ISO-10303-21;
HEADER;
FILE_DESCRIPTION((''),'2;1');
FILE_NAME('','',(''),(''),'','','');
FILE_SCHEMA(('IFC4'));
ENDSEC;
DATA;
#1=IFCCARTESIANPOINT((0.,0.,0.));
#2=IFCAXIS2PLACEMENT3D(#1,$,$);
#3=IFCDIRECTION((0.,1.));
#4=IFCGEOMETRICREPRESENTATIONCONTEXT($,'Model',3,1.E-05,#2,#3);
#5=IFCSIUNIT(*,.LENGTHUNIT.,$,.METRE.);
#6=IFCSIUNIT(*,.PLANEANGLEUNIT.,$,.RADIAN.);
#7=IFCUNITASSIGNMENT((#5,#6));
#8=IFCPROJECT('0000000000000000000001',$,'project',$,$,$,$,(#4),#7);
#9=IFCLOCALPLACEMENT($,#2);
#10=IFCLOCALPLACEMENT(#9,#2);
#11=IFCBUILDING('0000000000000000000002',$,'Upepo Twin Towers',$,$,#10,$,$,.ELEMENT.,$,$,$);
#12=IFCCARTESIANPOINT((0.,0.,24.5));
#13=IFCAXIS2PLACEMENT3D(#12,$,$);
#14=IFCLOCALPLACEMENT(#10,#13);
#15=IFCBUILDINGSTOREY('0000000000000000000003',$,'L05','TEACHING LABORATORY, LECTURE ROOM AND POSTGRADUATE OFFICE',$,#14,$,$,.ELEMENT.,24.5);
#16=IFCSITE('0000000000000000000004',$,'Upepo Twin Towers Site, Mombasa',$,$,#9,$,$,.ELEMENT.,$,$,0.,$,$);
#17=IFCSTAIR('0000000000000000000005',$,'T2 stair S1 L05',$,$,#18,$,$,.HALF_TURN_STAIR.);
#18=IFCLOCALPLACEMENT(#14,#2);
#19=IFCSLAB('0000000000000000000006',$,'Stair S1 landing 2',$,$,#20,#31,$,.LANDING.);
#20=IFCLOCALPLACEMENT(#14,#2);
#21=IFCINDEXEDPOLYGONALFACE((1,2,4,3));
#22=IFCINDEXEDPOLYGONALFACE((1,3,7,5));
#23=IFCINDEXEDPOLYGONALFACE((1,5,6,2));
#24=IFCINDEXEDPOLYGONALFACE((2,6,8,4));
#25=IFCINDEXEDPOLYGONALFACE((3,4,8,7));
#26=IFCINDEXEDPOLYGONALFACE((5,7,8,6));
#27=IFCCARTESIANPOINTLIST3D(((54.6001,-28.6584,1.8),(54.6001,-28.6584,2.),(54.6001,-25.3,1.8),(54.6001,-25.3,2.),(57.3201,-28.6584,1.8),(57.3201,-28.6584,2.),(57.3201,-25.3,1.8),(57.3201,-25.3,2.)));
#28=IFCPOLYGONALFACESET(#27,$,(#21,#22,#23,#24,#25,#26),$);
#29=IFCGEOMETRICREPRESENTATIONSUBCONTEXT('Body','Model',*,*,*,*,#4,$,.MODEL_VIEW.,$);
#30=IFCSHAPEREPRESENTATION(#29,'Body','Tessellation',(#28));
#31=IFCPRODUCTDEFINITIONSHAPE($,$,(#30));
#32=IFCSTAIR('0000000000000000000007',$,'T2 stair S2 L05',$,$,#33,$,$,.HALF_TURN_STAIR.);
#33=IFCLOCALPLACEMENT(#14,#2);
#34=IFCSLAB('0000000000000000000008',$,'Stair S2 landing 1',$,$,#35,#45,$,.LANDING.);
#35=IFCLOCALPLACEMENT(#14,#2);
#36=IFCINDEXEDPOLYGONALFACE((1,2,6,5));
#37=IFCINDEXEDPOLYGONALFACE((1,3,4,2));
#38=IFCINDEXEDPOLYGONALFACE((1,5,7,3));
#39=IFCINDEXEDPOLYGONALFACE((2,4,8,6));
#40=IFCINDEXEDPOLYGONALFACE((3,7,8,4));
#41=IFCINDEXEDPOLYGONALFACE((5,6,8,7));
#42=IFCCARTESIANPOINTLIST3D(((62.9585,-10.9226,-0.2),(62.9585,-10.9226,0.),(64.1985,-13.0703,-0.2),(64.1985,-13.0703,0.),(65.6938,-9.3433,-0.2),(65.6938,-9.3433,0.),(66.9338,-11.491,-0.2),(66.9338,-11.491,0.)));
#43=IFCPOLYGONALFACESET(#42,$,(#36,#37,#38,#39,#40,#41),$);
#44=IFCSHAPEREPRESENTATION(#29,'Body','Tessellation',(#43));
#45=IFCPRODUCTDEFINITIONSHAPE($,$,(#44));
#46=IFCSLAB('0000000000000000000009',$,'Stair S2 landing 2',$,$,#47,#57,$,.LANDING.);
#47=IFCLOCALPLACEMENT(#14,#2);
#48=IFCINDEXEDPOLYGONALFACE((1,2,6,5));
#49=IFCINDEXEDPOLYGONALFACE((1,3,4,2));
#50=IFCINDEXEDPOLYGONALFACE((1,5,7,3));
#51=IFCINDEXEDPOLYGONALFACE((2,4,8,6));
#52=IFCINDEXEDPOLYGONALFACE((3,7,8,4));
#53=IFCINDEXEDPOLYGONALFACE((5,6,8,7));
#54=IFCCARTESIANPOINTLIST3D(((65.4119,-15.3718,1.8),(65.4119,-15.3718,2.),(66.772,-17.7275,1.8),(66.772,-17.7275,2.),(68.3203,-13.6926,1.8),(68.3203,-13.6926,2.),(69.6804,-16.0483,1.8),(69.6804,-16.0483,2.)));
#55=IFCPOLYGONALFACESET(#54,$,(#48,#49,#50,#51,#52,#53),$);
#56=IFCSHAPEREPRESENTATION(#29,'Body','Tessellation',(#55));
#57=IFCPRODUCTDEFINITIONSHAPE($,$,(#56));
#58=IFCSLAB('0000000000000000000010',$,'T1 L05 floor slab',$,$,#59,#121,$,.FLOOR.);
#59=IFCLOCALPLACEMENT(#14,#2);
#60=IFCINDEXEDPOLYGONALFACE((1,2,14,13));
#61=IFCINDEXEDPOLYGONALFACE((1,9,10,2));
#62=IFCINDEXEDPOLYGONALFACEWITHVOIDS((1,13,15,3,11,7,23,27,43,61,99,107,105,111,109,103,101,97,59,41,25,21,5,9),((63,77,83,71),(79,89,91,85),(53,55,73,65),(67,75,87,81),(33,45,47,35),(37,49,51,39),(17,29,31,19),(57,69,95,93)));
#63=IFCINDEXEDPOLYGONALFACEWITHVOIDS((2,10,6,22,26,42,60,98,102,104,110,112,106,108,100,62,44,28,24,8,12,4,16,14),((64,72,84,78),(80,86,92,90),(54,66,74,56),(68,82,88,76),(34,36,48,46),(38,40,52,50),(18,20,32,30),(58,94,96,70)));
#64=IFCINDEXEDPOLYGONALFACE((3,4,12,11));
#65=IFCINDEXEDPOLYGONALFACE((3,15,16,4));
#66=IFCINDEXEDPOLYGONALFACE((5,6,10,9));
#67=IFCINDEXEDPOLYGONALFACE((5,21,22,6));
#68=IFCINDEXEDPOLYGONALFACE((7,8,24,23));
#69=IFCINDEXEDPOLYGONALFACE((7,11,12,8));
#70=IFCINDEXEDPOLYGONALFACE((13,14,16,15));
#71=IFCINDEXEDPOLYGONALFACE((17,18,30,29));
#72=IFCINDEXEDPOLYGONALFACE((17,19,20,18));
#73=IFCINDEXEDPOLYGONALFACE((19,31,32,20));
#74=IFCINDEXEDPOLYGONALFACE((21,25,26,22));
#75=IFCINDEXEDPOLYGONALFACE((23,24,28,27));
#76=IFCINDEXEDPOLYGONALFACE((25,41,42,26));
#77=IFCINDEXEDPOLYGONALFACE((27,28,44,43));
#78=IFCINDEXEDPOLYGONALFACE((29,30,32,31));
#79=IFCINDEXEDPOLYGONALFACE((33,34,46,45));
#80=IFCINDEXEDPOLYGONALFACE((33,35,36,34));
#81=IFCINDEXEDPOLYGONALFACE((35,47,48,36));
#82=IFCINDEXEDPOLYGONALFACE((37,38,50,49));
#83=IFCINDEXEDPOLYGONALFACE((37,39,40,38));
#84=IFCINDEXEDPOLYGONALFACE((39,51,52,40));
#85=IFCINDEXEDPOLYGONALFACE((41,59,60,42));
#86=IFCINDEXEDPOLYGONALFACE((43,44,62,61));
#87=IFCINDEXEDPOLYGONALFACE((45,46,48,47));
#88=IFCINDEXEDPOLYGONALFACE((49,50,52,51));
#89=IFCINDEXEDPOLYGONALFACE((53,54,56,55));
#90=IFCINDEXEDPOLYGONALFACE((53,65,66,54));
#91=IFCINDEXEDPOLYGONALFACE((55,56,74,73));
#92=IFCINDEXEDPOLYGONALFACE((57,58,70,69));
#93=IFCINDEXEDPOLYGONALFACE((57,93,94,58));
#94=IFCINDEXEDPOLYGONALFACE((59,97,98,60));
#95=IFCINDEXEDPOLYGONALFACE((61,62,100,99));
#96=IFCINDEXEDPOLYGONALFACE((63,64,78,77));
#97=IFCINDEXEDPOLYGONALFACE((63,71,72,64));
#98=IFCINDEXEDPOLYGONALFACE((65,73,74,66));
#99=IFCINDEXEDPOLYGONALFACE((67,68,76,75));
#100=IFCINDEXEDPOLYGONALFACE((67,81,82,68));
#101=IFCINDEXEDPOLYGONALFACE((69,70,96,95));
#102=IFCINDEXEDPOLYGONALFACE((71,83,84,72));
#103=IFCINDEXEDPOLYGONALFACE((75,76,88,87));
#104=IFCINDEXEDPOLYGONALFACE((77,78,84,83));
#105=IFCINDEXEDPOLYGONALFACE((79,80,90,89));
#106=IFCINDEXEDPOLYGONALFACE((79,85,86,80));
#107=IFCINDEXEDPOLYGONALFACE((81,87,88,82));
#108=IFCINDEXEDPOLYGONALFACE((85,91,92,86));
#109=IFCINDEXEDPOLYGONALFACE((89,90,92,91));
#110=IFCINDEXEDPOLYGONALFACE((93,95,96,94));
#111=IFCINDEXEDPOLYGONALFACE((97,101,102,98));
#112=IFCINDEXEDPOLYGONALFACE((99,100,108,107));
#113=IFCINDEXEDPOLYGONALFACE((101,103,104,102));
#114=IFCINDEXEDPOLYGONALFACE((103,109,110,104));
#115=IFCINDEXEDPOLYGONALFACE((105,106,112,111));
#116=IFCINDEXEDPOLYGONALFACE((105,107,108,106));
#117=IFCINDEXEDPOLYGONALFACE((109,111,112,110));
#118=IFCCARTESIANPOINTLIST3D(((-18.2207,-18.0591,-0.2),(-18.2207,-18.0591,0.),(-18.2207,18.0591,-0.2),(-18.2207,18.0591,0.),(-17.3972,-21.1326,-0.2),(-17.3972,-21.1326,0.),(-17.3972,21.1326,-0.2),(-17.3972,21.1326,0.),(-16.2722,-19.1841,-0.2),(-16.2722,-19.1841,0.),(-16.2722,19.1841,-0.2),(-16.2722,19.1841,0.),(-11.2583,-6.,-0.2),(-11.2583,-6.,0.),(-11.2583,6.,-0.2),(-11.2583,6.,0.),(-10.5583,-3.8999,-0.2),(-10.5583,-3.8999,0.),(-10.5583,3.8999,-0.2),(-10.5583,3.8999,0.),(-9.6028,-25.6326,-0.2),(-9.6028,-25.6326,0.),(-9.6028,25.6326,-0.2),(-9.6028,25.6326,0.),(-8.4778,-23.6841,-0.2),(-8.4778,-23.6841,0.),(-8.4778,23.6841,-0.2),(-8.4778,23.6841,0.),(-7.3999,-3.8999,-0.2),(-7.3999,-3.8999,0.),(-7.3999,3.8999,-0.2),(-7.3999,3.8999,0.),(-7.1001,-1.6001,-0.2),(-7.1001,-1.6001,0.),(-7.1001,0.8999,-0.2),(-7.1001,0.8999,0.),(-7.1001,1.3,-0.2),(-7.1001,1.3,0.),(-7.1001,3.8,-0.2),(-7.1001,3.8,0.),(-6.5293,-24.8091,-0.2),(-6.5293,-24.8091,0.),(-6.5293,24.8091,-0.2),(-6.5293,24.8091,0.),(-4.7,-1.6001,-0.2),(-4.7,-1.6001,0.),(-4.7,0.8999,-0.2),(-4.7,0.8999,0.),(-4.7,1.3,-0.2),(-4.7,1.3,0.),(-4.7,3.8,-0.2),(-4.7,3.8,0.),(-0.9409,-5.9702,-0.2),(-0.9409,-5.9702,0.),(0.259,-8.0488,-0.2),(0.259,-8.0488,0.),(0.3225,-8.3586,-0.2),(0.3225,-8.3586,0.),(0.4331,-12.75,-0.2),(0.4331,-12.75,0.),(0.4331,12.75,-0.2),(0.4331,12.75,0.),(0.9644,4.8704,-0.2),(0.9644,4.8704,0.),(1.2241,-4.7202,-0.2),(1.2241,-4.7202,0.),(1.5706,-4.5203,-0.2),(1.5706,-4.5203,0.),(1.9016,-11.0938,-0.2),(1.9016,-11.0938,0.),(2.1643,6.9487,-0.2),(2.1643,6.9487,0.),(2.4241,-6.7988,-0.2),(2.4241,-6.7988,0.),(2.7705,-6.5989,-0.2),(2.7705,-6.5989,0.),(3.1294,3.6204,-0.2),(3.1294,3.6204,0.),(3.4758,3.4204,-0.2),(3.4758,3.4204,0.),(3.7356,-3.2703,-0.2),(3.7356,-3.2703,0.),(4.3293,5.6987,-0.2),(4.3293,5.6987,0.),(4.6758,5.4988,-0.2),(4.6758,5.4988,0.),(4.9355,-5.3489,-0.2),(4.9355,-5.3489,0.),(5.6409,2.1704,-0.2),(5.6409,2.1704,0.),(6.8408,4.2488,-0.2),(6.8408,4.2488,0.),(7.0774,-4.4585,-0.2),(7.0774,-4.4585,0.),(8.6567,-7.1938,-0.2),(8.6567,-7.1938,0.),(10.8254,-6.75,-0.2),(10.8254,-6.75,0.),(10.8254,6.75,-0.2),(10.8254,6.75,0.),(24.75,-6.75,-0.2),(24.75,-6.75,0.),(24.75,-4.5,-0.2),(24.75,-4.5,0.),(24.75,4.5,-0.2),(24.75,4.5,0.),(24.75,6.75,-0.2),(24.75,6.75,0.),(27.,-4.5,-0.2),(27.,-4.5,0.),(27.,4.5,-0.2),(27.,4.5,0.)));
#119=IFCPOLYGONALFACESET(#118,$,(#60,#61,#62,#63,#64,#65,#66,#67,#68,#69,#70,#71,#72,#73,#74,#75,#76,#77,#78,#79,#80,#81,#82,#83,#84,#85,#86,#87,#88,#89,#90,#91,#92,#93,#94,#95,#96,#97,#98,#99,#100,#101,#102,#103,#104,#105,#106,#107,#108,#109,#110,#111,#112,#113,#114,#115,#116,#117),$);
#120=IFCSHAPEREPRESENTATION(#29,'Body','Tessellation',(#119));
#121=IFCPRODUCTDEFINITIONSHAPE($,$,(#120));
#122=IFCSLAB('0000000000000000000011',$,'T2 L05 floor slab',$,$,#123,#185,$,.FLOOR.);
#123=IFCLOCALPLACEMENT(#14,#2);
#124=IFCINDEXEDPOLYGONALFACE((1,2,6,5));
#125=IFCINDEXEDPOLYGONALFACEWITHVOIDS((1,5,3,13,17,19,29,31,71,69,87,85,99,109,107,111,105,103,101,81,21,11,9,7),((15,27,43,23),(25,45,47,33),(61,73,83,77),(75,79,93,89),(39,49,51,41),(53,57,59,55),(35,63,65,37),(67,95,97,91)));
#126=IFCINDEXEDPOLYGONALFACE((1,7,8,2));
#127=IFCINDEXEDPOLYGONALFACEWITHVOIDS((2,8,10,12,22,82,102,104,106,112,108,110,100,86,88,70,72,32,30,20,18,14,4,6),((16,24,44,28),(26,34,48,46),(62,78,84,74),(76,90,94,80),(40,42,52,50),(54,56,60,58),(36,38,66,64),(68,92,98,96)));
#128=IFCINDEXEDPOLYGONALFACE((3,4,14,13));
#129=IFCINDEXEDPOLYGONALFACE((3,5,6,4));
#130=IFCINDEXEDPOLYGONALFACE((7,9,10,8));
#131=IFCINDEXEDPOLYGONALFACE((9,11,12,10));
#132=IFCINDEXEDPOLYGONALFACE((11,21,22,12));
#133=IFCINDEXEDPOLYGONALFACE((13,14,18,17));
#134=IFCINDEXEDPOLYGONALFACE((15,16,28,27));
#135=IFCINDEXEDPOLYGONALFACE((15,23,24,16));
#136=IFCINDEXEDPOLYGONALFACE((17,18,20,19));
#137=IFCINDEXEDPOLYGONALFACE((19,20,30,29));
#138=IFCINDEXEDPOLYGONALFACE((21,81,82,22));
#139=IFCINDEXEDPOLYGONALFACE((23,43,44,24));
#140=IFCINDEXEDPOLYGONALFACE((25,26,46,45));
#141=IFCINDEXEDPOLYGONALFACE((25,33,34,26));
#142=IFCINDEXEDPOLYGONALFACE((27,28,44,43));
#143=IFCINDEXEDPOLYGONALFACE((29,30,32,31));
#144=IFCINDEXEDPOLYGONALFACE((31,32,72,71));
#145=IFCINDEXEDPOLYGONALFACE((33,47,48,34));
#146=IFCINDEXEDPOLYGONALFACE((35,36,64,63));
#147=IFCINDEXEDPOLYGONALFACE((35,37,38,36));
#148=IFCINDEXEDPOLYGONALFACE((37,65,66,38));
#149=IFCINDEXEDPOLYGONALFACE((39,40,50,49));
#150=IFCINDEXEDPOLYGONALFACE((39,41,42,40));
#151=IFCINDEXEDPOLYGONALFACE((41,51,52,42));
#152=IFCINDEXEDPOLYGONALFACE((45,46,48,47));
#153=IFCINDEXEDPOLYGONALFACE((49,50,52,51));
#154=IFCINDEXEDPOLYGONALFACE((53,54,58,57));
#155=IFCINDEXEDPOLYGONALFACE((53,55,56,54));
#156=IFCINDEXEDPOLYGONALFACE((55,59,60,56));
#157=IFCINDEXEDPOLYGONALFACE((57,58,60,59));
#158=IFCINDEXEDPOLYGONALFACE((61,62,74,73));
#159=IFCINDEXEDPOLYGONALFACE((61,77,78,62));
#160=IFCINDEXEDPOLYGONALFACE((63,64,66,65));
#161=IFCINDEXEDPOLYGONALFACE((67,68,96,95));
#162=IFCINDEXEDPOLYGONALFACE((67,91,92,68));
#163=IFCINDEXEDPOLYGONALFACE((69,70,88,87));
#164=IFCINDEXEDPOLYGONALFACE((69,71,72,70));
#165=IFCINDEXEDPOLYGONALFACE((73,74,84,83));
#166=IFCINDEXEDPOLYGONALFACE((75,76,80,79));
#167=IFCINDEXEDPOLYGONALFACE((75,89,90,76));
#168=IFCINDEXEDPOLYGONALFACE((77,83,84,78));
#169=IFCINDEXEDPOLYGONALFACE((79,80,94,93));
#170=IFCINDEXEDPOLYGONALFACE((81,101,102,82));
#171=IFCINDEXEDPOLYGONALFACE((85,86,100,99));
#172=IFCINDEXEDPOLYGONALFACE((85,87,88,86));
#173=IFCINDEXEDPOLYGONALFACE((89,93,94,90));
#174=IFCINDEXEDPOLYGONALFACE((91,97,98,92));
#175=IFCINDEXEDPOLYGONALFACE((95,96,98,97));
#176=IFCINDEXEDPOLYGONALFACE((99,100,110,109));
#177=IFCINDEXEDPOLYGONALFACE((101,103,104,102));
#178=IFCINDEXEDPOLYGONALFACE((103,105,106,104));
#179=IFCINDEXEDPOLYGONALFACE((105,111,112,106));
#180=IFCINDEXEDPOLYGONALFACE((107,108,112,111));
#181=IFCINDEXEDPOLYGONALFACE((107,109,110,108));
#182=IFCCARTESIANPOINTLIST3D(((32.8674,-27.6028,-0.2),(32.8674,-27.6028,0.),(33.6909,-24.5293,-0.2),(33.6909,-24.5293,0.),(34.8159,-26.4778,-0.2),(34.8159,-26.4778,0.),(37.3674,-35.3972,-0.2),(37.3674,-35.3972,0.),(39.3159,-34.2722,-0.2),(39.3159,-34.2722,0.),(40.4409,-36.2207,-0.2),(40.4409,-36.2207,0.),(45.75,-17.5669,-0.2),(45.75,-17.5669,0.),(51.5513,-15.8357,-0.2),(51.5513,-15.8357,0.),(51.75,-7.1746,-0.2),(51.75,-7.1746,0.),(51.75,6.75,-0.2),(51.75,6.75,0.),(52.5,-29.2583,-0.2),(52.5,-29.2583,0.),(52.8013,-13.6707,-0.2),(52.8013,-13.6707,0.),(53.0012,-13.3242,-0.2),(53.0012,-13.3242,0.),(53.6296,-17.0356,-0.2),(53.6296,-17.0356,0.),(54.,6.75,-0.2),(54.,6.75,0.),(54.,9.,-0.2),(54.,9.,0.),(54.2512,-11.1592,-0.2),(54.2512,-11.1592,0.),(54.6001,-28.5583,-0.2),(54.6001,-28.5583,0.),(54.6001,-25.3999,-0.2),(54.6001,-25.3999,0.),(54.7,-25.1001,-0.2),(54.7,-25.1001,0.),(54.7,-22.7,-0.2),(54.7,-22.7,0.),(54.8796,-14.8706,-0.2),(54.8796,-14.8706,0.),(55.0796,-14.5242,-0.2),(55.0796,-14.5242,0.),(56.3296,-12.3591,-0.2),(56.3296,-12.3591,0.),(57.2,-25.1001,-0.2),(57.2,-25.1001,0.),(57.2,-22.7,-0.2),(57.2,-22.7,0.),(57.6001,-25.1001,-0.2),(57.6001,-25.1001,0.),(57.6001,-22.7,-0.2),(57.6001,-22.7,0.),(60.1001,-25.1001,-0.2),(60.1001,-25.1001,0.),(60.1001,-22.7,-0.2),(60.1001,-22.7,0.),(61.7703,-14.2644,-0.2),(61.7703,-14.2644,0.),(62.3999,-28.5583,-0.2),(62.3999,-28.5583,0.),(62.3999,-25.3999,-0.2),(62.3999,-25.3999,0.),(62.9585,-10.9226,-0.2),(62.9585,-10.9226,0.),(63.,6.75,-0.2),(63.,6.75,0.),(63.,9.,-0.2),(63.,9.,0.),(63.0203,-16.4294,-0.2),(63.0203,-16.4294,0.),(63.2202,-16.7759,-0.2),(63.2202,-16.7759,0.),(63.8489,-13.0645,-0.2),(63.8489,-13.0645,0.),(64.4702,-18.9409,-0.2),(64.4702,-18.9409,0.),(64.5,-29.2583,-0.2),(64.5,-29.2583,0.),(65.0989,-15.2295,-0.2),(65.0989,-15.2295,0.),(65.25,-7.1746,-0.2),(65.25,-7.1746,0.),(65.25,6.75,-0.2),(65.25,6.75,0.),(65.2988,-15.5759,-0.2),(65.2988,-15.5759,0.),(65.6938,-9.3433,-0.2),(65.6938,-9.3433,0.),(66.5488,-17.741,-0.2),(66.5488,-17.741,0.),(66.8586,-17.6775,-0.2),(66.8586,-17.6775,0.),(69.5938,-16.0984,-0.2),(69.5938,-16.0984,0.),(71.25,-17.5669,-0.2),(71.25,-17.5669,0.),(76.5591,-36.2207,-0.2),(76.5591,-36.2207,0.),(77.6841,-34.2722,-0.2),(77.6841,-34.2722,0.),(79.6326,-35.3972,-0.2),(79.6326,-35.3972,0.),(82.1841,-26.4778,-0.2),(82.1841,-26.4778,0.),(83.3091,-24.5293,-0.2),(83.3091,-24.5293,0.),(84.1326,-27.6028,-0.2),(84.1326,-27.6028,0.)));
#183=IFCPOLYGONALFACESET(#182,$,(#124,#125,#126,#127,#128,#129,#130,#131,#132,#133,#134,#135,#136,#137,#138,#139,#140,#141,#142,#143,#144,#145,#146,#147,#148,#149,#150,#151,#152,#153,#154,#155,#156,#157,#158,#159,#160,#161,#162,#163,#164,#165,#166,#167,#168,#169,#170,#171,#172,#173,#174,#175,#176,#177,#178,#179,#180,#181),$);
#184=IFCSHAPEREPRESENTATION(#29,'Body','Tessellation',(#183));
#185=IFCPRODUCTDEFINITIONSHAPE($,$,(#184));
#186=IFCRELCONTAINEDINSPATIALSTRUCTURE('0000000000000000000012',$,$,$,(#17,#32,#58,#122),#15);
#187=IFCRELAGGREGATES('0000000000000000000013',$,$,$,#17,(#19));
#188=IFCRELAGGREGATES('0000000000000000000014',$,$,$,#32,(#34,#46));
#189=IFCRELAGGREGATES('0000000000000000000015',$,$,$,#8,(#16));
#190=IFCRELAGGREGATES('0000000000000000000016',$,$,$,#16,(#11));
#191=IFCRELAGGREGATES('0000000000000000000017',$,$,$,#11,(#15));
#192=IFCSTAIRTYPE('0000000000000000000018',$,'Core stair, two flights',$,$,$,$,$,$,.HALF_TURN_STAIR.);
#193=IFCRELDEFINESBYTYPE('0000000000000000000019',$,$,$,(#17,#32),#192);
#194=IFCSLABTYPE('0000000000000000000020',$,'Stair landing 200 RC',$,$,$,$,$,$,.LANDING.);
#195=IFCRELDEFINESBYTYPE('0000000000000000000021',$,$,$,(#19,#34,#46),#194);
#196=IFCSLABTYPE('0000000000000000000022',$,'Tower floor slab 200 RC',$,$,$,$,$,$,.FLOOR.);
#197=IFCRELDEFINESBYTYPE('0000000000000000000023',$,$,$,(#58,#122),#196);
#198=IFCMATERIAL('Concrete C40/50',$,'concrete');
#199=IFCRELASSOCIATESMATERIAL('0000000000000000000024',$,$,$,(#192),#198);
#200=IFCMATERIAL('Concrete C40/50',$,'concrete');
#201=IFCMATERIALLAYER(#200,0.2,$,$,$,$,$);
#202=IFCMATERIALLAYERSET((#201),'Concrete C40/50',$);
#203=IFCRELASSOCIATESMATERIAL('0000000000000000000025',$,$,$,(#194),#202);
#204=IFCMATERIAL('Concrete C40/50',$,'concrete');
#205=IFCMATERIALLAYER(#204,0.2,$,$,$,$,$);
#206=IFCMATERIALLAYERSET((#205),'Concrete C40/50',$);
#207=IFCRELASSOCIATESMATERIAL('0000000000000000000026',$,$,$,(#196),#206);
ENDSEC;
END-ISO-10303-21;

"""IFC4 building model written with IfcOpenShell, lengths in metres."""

from ifc_helpers import new_model, si_unit, direction, frame, origin, place, context, subcontext, project, spatial, polyline, outline, extrude, material, layer, layer_set, type_object, element, aggregate, save


model = new_model("IFC4")

# Units and contexts
model_context = context("Model", 3, precision=1e-05, world=origin(), true_north=direction((0.0, 1.0)))
body_context = subcontext(model_context, "Body", "Model", "MODEL_VIEW")
ifc_project = project(units=[si_unit("LENGTHUNIT", "METRE"), si_unit("PLANEANGLEUNIT", "RADIAN")], contexts=[model_context])

# Site, building, storey
site_placement = place(None, origin())
site = spatial("IfcSite", under=ifc_project, at=site_placement, Name="Upepo Twin Towers Site, Mombasa", CompositionType="ELEMENT", RefElevation=0.0)
building_placement = place(site_placement, origin())
building = spatial("IfcBuilding", under=site, at=building_placement, Name="Upepo Twin Towers", CompositionType="ELEMENT")
storey_placement = place(building_placement, frame((0.0, 0.0, 24.5)))
storey = spatial("IfcBuildingStorey", under=building, at=storey_placement, Name="L05", Description="TEACHING LABORATORY, LECTURE ROOM AND POSTGRADUATE OFFICE", CompositionType="ELEMENT", Elevation=24.5)

# Stairs, slabs
ifc_material_1 = material(Name="Concrete C40/50", Category="concrete")
stair_type = type_object("IfcStairType", Name="Core stair, two flights", PredefinedType="HALF_TURN_STAIR", material=ifc_material_1)
ifc_material_2 = material(Name="Concrete C40/50", Category="concrete")
ifc_layer_1 = layer(ifc_material_2, 0.2)
ifc_layer_set_1 = layer_set([ifc_layer_1], Name="Concrete C40/50")
slab_type_1 = type_object("IfcSlabType", Name="Stair landing 200 RC", PredefinedType="LANDING", material=ifc_layer_set_1)
stair_1_placement = place(storey_placement, origin())
stair_1 = element("IfcStair", 1, at=stair_1_placement, inside=storey, type_object=stair_type, Name="T2 stair S1 L05", PredefinedType="HALF_TURN_STAIR")
slab_1_placement = place(storey_placement, frame((0.0, 0.0, 1.8)))
slab_1 = element("IfcSlab", 2, at=slab_1_placement, type_object=slab_type_1, Name="Stair S1 landing 2", PredefinedType="LANDING", context=body_context, shape_type="SweptSolid", body=[
    extrude(outline(polyline([(54.6001, -25.3), (54.6001, -28.6584), (57.3201, -28.6584), (57.3201, -25.3), (54.6001, -25.3)])), origin(), (0.0, 0.0, 1.0), 0.2),
])
aggregate(stair_1, [slab_1])
stair_2_placement = place(storey_placement, origin())
stair_2 = element("IfcStair", 3, at=stair_2_placement, inside=storey, type_object=stair_type, Name="T2 stair S2 L05", PredefinedType="HALF_TURN_STAIR")
slab_2_placement = place(storey_placement, frame((0.0, 0.0, -0.2)))
slab_2 = element("IfcSlab", 4, at=slab_2_placement, type_object=slab_type_1, Name="Stair S2 landing 1", PredefinedType="LANDING", context=body_context, shape_type="SweptSolid", body=[
    extrude(outline(polyline([(64.1985, -13.0703), (66.9338, -11.491), (65.6938, -9.3433), (62.9585, -10.9226), (64.1985, -13.0703)])), origin(), (0.0, 0.0, 1.0), 0.2),
])
slab_3_placement = place(storey_placement, frame((0.0, 0.0, 1.8)))
slab_3 = element("IfcSlab", 5, at=slab_3_placement, type_object=slab_type_1, Name="Stair S2 landing 2", PredefinedType="LANDING", context=body_context, shape_type="SweptSolid", body=[
    extrude(outline(polyline([(66.772, -17.7275), (69.6804, -16.0483), (68.3203, -13.6926), (65.4119, -15.3718), (66.772, -17.7275)])), origin(), (0.0, 0.0, 1.0), 0.2),
])
aggregate(stair_2, [slab_2, slab_3])

# Slabs
ifc_material_3 = material(Name="Concrete C40/50", Category="concrete")
ifc_layer_2 = layer(ifc_material_3, 0.2)
ifc_layer_set_2 = layer_set([ifc_layer_2], Name="Concrete C40/50")
slab_type_2 = type_object("IfcSlabType", Name="Tower floor slab 200 RC", PredefinedType="FLOOR", material=ifc_layer_set_2)
slab_4_placement = place(storey_placement, frame((0.0, 0.0, -0.2)))
element("IfcSlab", 6, at=slab_4_placement, inside=storey, type_object=slab_type_2, Name="T1 L05 floor slab", PredefinedType="FLOOR", context=body_context, shape_type="SweptSolid", body=[
    extrude(outline(polyline([(-8.4778, -23.6841), (-9.6028, -25.6326), (-17.3972, -21.1326), (-16.2722, -19.1841), (-18.2207, -18.0591), (-11.2583, -6.0), (-11.2583, 6.0), (-18.2207, 18.0591), (-16.2722, 19.1841), (-17.3972, 21.1326), (-9.6028, 25.6326), (-8.4778, 23.6841), (-6.5293, 24.8091), (0.4331, 12.75), (10.8254, 6.75), (24.75, 6.75), (24.75, 4.5), (27.0, 4.5), (27.0, -4.5), (24.75, -4.5), (24.75, -6.75), (10.8254, -6.75), (0.4331, -12.75), (-6.5293, -24.8091), (-8.4778, -23.6841)]), holes=[polyline([(5.6409, 2.1704), (6.8408, 4.2488), (4.6758, 5.4988), (3.4758, 3.4204), (5.6409, 2.1704)]), polyline([(3.1294, 3.6204), (4.3293, 5.6987), (2.1643, 6.9487), (0.9644, 4.8704), (3.1294, 3.6204)]), polyline([(-4.7, 3.8), (-7.1001, 3.8), (-7.1001, 1.3), (-4.7, 1.3), (-4.7, 3.8)]), polyline([(-4.7, 0.8999), (-7.1001, 0.8999), (-7.1001, -1.6001), (-4.7, -1.6001), (-4.7, 0.8999)]), polyline([(-7.3999, 3.8999), (-10.5583, 3.8999), (-10.5583, -3.8999), (-7.3999, -3.8999), (-7.3999, 3.8999)]), polyline([(-0.9409, -5.9702), (0.259, -8.0488), (2.4241, -6.7988), (1.2241, -4.7202), (-0.9409, -5.9702)]), polyline([(1.5706, -4.5203), (2.7705, -6.5989), (4.9355, -5.3489), (3.7356, -3.2703), (1.5706, -4.5203)]), polyline([(0.3225, -8.3586), (1.9016, -11.0938), (8.6567, -7.1938), (7.0774, -4.4585), (0.3225, -8.3586)])]), origin(), (0.0, 0.0, 1.0), 0.2),
])
slab_5_placement = place(storey_placement, frame((0.0, 0.0, -0.2)))
element("IfcSlab", 7, at=slab_5_placement, inside=storey, type_object=slab_type_2, Name="T2 L05 floor slab", PredefinedType="FLOOR", context=body_context, shape_type="SweptSolid", body=[
    extrude(outline(polyline([(82.1841, -26.4778), (84.1326, -27.6028), (79.6326, -35.3972), (77.6841, -34.2722), (76.5591, -36.2207), (64.5, -29.2583), (52.5, -29.2583), (40.4409, -36.2207), (39.3159, -34.2722), (37.3674, -35.3972), (32.8674, -27.6028), (34.8159, -26.4778), (33.6909, -24.5293), (45.75, -17.5669), (51.75, -7.1746), (51.75, 6.75), (54.0, 6.75), (54.0, 9.0), (63.0, 9.0), (63.0, 6.75), (65.25, 6.75), (65.25, -7.1746), (71.25, -17.5669), (83.3091, -24.5293), (82.1841, -26.4778)]), holes=[polyline([(56.3296, -12.3591), (54.2512, -11.1592), (53.0012, -13.3242), (55.0796, -14.5242), (56.3296, -12.3591)]), polyline([(54.8796, -14.8706), (52.8013, -13.6707), (51.5513, -15.8357), (53.6296, -17.0356), (54.8796, -14.8706)]), polyline([(54.7, -22.7), (54.7, -25.1001), (57.2, -25.1001), (57.2, -22.7), (54.7, -22.7)]), polyline([(57.6001, -22.7), (57.6001, -25.1001), (60.1001, -25.1001), (60.1001, -22.7), (57.6001, -22.7)]), polyline([(54.6001, -25.3999), (54.6001, -28.5583), (62.3999, -28.5583), (62.3999, -25.3999), (54.6001, -25.3999)]), polyline([(64.4702, -18.9409), (66.5488, -17.741), (65.2988, -15.5759), (63.2202, -16.7759), (64.4702, -18.9409)]), polyline([(63.0203, -16.4294), (65.0989, -15.2295), (63.8489, -13.0645), (61.7703, -14.2644), (63.0203, -16.4294)]), polyline([(66.8586, -17.6775), (69.5938, -16.0984), (65.6938, -9.3433), (62.9585, -10.9226), (66.8586, -17.6775)])]), origin(), (0.0, 0.0, 1.0), 0.2),
])

save(model, "model.ifc")
